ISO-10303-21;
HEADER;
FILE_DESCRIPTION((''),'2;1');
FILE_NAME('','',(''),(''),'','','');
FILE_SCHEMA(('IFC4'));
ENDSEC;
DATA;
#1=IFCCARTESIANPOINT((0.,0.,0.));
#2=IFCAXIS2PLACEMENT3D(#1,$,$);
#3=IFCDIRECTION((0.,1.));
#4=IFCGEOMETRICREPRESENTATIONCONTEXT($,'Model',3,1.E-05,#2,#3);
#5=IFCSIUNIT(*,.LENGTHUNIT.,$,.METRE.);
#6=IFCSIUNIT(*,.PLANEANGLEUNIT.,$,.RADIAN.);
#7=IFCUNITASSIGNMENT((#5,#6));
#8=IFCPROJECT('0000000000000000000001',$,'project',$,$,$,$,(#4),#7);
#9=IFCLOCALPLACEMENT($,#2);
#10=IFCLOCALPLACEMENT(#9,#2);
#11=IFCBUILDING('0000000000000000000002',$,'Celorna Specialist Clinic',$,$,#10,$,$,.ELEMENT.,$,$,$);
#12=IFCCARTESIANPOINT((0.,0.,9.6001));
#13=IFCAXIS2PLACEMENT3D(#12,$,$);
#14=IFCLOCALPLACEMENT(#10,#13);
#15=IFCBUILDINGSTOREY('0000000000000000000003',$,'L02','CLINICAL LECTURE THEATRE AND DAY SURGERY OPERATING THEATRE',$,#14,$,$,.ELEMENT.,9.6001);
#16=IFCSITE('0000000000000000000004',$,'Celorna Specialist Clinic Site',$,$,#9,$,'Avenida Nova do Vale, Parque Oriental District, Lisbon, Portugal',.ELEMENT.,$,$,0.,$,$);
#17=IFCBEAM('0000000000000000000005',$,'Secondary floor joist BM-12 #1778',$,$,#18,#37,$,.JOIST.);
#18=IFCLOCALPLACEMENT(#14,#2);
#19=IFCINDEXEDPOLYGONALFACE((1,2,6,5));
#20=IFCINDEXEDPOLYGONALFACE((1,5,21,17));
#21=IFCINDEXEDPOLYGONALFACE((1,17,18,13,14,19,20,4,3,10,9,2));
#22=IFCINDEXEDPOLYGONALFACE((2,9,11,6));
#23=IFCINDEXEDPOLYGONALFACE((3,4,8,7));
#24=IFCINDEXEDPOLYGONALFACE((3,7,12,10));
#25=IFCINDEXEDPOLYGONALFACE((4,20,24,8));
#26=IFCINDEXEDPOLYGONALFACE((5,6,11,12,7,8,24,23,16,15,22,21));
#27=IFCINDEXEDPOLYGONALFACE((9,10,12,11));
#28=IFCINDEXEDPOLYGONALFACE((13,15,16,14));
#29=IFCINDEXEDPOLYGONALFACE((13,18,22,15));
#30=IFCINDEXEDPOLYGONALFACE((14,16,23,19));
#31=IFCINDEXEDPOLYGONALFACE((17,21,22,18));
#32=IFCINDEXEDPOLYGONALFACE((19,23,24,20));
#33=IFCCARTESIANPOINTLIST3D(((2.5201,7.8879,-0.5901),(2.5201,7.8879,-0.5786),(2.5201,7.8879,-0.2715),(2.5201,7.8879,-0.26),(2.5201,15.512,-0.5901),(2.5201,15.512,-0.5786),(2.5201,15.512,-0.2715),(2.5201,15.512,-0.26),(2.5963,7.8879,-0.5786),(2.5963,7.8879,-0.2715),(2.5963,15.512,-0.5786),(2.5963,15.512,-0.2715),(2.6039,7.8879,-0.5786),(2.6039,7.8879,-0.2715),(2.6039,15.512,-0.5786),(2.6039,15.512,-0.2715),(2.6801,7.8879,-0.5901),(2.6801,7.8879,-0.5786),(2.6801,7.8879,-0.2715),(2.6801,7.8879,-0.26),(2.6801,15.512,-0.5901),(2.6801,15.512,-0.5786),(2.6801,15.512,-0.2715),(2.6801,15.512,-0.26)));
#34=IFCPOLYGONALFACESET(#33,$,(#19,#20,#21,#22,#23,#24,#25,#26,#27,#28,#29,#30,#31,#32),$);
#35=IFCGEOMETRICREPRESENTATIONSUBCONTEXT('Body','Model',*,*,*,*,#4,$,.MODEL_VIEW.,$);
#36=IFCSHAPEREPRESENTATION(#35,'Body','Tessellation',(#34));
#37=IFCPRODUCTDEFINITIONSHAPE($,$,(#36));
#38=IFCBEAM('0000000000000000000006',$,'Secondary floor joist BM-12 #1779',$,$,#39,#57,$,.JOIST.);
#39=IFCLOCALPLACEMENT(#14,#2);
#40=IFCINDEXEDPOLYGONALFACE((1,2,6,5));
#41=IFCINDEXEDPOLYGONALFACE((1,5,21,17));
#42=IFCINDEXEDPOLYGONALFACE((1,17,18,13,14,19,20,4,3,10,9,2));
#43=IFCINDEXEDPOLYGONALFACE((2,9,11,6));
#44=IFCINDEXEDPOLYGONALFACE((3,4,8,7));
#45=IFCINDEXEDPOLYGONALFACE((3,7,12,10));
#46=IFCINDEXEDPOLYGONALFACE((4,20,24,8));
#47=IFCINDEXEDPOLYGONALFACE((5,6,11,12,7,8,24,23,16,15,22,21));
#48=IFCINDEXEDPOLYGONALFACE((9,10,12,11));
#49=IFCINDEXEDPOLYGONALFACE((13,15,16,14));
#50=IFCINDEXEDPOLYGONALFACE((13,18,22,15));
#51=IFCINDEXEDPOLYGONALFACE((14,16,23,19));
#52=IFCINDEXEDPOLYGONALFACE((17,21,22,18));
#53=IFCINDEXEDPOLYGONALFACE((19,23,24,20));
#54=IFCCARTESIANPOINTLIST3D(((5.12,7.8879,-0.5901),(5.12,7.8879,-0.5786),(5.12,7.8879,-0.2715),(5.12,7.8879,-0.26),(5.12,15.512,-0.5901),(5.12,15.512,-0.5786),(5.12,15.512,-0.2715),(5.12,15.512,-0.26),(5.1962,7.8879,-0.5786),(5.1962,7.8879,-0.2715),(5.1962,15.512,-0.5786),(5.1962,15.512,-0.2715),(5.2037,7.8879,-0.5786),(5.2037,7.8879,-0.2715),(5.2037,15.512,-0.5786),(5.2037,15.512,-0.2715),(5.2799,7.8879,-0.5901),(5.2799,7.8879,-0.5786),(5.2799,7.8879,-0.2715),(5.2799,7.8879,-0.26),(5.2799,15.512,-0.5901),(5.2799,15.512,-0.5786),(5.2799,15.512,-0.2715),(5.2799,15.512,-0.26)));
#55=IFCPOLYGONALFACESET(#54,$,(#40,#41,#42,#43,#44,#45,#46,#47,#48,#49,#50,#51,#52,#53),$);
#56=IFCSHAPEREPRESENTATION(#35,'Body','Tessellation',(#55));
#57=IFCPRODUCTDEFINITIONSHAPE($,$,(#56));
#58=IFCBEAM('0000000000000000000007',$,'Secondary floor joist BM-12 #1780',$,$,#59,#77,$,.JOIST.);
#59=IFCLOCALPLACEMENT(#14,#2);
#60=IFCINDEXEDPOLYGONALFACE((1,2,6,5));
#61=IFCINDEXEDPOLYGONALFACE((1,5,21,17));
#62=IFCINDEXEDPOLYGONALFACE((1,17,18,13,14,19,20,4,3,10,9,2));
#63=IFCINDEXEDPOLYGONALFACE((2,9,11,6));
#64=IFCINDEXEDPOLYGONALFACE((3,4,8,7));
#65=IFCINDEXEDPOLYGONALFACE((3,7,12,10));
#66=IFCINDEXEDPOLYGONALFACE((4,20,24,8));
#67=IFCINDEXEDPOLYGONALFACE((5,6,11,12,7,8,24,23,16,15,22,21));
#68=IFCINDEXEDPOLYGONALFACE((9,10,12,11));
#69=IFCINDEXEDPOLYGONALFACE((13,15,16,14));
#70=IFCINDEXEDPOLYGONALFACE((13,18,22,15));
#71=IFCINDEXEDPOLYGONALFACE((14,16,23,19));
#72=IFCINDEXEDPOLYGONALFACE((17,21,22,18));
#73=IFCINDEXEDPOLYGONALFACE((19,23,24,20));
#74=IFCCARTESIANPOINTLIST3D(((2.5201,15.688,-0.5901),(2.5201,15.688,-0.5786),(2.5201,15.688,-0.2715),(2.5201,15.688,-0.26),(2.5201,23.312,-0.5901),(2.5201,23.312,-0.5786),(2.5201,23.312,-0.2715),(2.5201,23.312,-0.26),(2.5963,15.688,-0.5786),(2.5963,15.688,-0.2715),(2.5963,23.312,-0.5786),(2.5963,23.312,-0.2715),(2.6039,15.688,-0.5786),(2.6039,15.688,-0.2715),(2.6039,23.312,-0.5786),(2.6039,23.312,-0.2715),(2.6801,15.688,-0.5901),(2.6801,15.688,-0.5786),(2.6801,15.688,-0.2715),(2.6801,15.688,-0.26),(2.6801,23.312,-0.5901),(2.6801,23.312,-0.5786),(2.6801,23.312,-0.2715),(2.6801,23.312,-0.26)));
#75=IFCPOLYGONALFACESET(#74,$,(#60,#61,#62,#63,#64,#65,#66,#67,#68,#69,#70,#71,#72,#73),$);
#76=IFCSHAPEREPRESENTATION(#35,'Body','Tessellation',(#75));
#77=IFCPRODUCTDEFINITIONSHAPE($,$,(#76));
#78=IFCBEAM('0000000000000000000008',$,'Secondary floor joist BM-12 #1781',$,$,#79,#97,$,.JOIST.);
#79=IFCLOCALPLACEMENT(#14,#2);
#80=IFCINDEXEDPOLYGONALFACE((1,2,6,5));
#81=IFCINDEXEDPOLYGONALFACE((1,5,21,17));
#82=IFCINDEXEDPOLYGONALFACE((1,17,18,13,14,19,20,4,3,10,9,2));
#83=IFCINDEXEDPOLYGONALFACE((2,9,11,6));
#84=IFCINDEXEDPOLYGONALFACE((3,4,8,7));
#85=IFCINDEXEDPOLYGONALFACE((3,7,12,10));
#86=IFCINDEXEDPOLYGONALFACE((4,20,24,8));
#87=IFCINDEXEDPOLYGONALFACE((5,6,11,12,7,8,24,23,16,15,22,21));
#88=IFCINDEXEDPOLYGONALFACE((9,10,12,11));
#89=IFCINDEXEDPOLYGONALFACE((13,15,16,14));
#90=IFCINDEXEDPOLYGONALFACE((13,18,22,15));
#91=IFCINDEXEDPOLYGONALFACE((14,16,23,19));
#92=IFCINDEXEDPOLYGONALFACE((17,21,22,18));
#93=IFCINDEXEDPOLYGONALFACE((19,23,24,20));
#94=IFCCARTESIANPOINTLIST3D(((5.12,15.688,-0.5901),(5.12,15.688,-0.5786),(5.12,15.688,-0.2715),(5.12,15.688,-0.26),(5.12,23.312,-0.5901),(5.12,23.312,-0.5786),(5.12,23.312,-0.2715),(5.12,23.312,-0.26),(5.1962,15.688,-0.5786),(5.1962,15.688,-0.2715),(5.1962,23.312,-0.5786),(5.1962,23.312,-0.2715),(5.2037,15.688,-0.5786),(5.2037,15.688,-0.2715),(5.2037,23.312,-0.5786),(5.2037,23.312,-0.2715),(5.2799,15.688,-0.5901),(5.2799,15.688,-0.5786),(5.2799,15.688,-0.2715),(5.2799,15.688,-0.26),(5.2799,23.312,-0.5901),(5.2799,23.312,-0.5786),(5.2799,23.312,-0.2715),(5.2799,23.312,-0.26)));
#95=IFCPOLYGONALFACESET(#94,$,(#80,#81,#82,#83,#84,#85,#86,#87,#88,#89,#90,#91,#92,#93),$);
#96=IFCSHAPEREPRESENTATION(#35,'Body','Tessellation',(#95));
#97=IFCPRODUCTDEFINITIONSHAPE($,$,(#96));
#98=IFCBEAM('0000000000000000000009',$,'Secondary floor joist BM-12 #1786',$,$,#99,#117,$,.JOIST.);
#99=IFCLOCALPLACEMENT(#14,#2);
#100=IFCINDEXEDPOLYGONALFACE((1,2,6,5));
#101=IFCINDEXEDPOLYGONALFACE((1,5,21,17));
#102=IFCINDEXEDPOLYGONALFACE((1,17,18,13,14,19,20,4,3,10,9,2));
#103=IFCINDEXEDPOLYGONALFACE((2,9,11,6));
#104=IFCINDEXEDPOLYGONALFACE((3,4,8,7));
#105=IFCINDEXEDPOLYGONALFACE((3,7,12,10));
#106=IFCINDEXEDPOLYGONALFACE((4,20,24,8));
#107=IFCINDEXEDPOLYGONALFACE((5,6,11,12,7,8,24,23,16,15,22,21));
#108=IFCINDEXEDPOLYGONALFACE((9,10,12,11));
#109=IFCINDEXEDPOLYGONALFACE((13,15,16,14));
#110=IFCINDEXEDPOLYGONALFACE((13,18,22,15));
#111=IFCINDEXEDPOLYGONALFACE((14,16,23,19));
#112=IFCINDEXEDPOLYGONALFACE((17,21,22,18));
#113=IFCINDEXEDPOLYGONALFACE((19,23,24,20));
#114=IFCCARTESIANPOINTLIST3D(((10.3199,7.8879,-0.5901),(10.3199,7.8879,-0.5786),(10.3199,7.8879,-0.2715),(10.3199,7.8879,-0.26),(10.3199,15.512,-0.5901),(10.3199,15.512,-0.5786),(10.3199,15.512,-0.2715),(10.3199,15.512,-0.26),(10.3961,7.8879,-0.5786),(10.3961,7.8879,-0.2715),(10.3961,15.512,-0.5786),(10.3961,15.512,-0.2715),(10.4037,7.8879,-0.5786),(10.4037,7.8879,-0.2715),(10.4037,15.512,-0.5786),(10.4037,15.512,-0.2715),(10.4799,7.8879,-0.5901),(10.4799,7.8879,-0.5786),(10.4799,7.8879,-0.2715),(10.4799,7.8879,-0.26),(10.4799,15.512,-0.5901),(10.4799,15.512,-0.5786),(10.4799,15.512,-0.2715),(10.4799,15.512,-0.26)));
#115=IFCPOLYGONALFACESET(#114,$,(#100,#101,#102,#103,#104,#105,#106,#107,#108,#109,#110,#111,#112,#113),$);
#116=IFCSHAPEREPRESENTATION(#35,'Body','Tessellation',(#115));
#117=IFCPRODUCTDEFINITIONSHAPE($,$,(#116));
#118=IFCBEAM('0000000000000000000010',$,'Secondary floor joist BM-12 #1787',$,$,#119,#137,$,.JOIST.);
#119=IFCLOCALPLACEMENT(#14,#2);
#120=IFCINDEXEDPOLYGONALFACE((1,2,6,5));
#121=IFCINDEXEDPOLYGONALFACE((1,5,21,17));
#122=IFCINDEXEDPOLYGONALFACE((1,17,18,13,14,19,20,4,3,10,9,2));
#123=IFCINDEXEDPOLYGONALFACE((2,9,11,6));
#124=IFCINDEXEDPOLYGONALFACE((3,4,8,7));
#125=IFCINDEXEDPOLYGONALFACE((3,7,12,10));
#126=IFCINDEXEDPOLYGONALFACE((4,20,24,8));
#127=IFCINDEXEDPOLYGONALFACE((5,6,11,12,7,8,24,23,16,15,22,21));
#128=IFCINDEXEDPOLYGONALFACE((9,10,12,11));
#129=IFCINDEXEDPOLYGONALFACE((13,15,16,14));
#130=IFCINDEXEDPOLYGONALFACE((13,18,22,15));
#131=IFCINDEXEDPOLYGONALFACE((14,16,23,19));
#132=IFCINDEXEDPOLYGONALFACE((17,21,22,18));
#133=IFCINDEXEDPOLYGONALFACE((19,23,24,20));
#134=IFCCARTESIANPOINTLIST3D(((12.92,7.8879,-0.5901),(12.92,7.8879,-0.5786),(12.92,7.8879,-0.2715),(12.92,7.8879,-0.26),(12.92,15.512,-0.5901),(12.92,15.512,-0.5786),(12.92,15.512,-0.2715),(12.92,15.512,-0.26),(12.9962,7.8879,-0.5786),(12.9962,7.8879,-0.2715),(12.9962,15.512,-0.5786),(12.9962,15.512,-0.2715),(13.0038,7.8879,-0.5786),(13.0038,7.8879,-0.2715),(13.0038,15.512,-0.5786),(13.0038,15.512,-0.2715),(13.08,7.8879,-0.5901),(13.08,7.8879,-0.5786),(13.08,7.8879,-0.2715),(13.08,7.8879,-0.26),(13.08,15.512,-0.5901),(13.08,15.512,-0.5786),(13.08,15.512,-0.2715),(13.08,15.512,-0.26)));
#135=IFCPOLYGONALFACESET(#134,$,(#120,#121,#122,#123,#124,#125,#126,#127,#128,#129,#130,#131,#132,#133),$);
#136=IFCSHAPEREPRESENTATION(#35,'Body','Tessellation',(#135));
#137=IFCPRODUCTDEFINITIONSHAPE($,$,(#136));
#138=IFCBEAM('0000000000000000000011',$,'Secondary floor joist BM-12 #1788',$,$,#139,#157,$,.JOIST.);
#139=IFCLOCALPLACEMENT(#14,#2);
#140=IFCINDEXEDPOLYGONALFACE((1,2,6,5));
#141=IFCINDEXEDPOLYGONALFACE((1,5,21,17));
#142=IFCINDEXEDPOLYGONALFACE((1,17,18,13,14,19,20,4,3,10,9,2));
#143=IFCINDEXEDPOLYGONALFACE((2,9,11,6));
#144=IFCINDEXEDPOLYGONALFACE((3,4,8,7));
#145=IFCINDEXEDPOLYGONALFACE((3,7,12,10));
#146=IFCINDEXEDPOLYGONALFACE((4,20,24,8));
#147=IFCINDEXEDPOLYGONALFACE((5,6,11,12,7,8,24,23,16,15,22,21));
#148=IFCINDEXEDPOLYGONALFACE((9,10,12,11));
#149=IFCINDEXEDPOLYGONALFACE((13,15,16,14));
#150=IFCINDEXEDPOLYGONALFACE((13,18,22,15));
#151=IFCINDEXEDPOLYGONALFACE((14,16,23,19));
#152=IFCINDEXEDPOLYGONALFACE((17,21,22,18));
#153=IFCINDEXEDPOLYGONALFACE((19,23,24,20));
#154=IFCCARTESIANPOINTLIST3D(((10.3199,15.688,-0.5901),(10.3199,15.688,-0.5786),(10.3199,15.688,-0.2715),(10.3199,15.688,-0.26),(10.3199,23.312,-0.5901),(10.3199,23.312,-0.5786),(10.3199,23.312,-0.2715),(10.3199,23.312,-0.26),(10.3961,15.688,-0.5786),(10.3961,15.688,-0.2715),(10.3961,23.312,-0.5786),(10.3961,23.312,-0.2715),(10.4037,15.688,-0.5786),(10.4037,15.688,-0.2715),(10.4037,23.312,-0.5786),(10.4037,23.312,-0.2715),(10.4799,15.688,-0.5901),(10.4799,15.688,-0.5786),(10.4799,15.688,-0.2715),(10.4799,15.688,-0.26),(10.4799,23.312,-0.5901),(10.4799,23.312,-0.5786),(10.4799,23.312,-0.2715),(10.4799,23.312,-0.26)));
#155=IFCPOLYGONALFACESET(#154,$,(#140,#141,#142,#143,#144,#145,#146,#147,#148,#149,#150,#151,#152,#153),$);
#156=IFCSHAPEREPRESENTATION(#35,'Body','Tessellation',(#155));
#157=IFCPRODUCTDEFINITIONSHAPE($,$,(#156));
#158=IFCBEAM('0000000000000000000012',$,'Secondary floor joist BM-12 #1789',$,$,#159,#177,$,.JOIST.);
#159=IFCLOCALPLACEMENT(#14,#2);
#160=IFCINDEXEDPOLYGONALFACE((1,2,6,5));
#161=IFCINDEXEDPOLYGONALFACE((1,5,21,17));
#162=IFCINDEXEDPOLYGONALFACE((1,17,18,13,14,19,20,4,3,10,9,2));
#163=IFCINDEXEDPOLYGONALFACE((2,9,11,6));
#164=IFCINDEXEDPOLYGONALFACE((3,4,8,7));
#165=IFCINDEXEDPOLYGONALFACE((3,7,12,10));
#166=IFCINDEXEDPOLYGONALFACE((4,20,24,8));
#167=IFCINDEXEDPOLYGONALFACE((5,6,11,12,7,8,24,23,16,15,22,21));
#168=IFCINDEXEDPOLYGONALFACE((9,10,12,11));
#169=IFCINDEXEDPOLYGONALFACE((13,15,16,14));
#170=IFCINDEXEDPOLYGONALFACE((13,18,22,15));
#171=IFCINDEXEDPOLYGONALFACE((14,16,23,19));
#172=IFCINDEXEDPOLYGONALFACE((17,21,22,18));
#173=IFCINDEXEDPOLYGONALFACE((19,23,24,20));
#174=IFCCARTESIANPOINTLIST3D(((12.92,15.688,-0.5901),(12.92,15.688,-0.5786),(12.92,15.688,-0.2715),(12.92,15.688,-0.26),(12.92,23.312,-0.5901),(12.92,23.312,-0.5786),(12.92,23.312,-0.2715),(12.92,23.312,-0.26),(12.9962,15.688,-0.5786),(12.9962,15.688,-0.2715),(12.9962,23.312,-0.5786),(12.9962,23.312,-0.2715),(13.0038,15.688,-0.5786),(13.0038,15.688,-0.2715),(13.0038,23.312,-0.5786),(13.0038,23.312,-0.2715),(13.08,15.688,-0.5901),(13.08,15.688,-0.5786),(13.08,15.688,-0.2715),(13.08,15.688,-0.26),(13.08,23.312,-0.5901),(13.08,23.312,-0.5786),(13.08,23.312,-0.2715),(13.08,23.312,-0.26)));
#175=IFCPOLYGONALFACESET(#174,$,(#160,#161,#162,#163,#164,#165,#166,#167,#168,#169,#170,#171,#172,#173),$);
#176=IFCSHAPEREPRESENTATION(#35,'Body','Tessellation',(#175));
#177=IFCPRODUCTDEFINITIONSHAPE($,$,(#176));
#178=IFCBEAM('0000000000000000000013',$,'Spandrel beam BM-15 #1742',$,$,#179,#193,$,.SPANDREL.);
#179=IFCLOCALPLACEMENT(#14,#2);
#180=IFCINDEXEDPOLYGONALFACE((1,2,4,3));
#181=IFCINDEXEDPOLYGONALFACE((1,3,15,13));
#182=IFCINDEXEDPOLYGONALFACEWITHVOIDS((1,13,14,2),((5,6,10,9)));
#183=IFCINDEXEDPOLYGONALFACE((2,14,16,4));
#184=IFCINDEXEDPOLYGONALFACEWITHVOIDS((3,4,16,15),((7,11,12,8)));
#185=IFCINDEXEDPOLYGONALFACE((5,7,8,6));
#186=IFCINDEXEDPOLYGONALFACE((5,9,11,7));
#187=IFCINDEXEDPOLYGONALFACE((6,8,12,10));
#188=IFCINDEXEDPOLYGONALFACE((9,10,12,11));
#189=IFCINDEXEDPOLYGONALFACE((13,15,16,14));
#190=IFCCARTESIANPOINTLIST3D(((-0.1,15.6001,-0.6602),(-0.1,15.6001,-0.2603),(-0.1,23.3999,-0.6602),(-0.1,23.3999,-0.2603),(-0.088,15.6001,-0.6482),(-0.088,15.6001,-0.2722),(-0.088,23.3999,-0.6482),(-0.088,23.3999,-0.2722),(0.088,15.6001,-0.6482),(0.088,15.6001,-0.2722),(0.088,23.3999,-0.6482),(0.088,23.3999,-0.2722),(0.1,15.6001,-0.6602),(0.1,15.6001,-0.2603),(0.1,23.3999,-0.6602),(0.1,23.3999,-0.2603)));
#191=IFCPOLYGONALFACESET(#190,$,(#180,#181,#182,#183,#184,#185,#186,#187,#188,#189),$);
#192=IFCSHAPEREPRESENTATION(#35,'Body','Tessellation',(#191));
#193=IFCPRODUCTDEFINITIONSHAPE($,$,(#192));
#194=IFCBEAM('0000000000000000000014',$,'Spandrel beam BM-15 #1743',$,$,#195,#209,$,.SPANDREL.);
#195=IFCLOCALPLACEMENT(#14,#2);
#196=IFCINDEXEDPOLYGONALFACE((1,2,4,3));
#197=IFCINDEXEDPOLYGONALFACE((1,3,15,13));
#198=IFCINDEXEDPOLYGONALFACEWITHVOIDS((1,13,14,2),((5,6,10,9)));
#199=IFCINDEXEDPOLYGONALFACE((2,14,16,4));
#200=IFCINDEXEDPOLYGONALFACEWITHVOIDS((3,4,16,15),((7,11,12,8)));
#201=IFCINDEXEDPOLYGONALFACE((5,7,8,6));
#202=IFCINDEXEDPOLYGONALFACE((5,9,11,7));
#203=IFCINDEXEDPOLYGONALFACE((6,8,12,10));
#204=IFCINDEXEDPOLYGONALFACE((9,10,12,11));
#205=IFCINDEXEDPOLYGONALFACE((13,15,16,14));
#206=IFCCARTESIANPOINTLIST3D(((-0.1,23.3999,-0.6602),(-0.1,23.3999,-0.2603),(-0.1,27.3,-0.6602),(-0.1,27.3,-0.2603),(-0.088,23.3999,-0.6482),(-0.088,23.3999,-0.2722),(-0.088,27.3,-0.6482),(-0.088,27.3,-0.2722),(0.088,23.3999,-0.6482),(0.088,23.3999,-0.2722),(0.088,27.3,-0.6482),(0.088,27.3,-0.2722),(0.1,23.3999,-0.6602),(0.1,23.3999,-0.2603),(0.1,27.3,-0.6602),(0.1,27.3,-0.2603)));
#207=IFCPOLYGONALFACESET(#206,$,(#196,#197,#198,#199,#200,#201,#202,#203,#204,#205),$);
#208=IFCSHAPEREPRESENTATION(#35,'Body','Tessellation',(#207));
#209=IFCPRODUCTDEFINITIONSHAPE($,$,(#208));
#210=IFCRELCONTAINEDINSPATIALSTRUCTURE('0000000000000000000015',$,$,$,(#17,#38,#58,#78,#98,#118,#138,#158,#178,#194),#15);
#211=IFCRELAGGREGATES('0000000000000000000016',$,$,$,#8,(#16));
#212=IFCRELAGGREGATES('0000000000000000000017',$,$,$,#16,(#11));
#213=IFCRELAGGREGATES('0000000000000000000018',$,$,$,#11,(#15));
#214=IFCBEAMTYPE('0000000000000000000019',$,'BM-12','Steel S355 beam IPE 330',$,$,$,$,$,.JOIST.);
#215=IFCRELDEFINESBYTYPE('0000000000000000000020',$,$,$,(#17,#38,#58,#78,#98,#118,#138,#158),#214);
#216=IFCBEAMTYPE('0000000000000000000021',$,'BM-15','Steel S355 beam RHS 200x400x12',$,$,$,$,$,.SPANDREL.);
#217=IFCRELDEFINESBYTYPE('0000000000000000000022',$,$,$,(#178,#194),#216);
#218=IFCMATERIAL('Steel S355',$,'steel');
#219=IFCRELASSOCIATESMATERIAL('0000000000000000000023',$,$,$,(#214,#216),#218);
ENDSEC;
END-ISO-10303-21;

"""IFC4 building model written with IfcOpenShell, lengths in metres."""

from ifc_helpers import new_model, si_unit, direction, frame, origin, origin_2d, place, context, subcontext, project, spatial, hollow_rectangle, i_section, extrude, material, material_profile, profile_set, type_object, element, save


model = new_model("IFC4")

# Units and contexts
model_context = context("Model", 3, precision=1e-05, world=origin(), true_north=direction((0.0, 1.0)))
body_context = subcontext(model_context, "Body", "Model", "MODEL_VIEW")
ifc_project = project(units=[si_unit("LENGTHUNIT", "METRE"), si_unit("PLANEANGLEUNIT", "RADIAN")], contexts=[model_context])

# Site, building, storey
site_placement = place(None, origin())
site = spatial("IfcSite", under=ifc_project, at=site_placement, Name="Celorna Specialist Clinic Site", LongName="Avenida Nova do Vale, Parque Oriental District, Lisbon, Portugal", CompositionType="ELEMENT", RefElevation=0.0)
building_placement = place(site_placement, origin())
building = spatial("IfcBuilding", under=site, at=building_placement, Name="Celorna Specialist Clinic", CompositionType="ELEMENT")
storey_placement = place(building_placement, frame((0.0, 0.0, 9.6001)))
storey = spatial("IfcBuildingStorey", under=building, at=storey_placement, Name="L02", Description="CLINICAL LECTURE THEATRE AND DAY SURGERY OPERATING THEATRE", CompositionType="ELEMENT", Elevation=9.6001)

# Beams
ifc_material_1 = material(Name="Steel S355", Category="steel")
ifc_material_profile_1 = material_profile(ifc_material_1, i_section(OverallWidth=0.1599, OverallDepth=0.3301, WebThickness=0.0076, FlangeThickness=0.0115, at=origin_2d()), Name="IPE 330")
ifc_profile_set_1 = profile_set([ifc_material_profile_1], Name="Steel S355")
beam_type_1 = type_object("IfcBeamType", Name="BM-12", Description="Steel S355 beam IPE 330", PredefinedType="JOIST", material=ifc_profile_set_1)
for number, where, z_axis, x_axis, name in (
    (1, (2.6001, 7.8879, -0.425), (0.0, 1.0, 0.0), (-1.0, 0.0, 0.0), "Secondary floor joist BM-12 #1778"),
    (2, (5.2, 7.8879, -0.425), (0.0, 1.0, 0.0), (-1.0, 0.0, 0.0), "Secondary floor joist BM-12 #1779"),
    (3, (2.6001, 15.688, -0.425), (0.0, 1.0, 0.0), (-1.0, 0.0, 0.0), "Secondary floor joist BM-12 #1780"),
    (4, (5.2, 15.688, -0.425), (0.0, 1.0, 0.0), (-1.0, 0.0, 0.0), "Secondary floor joist BM-12 #1781"),
    (5, (10.3999, 7.8879, -0.425), (0.0, 1.0, 0.0), (-1.0, 0.0, 0.0), "Secondary floor joist BM-12 #1786"),
    (6, (13.0, 7.8879, -0.425), (0.0, 1.0, 0.0), (-1.0, 0.0, 0.0), "Secondary floor joist BM-12 #1787"),
    (7, (10.3999, 15.688, -0.425), (0.0, 1.0, 0.0), (-1.0, 0.0, 0.0), "Secondary floor joist BM-12 #1788"),
    (8, (13.0, 15.688, -0.425), (0.0, 1.0, 0.0), (-1.0, 0.0, 0.0), "Secondary floor joist BM-12 #1789"),
):
    element("IfcBeam", number, at=place(storey_placement, frame(where, z_axis=z_axis, x_axis=x_axis)), inside=storey, type_object=beam_type_1, Name=name, PredefinedType="JOIST", context=body_context, shape_type="SweptSolid", body=[
        extrude(i_section(OverallWidth=0.1599, OverallDepth=0.3301, WebThickness=0.0076, FlangeThickness=0.0115, at=origin_2d()), origin(), (0.0, 0.0, 1.0), 7.624),
    ])
ifc_material_profile_2 = material_profile(ifc_material_1, hollow_rectangle(XDim=0.2, YDim=0.3999, WallThickness=0.012, at=origin_2d()), Name="RHS 200x400x12")
ifc_profile_set_2 = profile_set([ifc_material_profile_2], Name="Steel S355")
beam_type_2 = type_object("IfcBeamType", Name="BM-15", Description="Steel S355 beam RHS 200x400x12", PredefinedType="SPANDREL", material=ifc_profile_set_2)
beam_1_placement = place(storey_placement, frame((0.0, 15.6001, -0.4602), z_axis=(0.0, 1.0, 0.0), x_axis=(-1.0, 0.0, 0.0)))
element("IfcBeam", 9, at=beam_1_placement, inside=storey, type_object=beam_type_2, Name="Spandrel beam BM-15 #1742", PredefinedType="SPANDREL", context=body_context, shape_type="SweptSolid", body=[
    extrude(hollow_rectangle(XDim=0.2, YDim=0.3999, WallThickness=0.012, at=origin_2d()), origin(), (0.0, 0.0, 1.0), 7.7998),
])
beam_2_placement = place(storey_placement, frame((0.0, 23.3999, -0.4602), z_axis=(0.0, 1.0, 0.0), x_axis=(-1.0, 0.0, 0.0)))
element("IfcBeam", 10, at=beam_2_placement, inside=storey, type_object=beam_type_2, Name="Spandrel beam BM-15 #1743", PredefinedType="SPANDREL", context=body_context, shape_type="SweptSolid", body=[
    extrude(hollow_rectangle(XDim=0.2, YDim=0.3999, WallThickness=0.012, at=origin_2d()), origin(), (0.0, 0.0, 1.0), 3.9001),
])

save(model, "model.ifc")
